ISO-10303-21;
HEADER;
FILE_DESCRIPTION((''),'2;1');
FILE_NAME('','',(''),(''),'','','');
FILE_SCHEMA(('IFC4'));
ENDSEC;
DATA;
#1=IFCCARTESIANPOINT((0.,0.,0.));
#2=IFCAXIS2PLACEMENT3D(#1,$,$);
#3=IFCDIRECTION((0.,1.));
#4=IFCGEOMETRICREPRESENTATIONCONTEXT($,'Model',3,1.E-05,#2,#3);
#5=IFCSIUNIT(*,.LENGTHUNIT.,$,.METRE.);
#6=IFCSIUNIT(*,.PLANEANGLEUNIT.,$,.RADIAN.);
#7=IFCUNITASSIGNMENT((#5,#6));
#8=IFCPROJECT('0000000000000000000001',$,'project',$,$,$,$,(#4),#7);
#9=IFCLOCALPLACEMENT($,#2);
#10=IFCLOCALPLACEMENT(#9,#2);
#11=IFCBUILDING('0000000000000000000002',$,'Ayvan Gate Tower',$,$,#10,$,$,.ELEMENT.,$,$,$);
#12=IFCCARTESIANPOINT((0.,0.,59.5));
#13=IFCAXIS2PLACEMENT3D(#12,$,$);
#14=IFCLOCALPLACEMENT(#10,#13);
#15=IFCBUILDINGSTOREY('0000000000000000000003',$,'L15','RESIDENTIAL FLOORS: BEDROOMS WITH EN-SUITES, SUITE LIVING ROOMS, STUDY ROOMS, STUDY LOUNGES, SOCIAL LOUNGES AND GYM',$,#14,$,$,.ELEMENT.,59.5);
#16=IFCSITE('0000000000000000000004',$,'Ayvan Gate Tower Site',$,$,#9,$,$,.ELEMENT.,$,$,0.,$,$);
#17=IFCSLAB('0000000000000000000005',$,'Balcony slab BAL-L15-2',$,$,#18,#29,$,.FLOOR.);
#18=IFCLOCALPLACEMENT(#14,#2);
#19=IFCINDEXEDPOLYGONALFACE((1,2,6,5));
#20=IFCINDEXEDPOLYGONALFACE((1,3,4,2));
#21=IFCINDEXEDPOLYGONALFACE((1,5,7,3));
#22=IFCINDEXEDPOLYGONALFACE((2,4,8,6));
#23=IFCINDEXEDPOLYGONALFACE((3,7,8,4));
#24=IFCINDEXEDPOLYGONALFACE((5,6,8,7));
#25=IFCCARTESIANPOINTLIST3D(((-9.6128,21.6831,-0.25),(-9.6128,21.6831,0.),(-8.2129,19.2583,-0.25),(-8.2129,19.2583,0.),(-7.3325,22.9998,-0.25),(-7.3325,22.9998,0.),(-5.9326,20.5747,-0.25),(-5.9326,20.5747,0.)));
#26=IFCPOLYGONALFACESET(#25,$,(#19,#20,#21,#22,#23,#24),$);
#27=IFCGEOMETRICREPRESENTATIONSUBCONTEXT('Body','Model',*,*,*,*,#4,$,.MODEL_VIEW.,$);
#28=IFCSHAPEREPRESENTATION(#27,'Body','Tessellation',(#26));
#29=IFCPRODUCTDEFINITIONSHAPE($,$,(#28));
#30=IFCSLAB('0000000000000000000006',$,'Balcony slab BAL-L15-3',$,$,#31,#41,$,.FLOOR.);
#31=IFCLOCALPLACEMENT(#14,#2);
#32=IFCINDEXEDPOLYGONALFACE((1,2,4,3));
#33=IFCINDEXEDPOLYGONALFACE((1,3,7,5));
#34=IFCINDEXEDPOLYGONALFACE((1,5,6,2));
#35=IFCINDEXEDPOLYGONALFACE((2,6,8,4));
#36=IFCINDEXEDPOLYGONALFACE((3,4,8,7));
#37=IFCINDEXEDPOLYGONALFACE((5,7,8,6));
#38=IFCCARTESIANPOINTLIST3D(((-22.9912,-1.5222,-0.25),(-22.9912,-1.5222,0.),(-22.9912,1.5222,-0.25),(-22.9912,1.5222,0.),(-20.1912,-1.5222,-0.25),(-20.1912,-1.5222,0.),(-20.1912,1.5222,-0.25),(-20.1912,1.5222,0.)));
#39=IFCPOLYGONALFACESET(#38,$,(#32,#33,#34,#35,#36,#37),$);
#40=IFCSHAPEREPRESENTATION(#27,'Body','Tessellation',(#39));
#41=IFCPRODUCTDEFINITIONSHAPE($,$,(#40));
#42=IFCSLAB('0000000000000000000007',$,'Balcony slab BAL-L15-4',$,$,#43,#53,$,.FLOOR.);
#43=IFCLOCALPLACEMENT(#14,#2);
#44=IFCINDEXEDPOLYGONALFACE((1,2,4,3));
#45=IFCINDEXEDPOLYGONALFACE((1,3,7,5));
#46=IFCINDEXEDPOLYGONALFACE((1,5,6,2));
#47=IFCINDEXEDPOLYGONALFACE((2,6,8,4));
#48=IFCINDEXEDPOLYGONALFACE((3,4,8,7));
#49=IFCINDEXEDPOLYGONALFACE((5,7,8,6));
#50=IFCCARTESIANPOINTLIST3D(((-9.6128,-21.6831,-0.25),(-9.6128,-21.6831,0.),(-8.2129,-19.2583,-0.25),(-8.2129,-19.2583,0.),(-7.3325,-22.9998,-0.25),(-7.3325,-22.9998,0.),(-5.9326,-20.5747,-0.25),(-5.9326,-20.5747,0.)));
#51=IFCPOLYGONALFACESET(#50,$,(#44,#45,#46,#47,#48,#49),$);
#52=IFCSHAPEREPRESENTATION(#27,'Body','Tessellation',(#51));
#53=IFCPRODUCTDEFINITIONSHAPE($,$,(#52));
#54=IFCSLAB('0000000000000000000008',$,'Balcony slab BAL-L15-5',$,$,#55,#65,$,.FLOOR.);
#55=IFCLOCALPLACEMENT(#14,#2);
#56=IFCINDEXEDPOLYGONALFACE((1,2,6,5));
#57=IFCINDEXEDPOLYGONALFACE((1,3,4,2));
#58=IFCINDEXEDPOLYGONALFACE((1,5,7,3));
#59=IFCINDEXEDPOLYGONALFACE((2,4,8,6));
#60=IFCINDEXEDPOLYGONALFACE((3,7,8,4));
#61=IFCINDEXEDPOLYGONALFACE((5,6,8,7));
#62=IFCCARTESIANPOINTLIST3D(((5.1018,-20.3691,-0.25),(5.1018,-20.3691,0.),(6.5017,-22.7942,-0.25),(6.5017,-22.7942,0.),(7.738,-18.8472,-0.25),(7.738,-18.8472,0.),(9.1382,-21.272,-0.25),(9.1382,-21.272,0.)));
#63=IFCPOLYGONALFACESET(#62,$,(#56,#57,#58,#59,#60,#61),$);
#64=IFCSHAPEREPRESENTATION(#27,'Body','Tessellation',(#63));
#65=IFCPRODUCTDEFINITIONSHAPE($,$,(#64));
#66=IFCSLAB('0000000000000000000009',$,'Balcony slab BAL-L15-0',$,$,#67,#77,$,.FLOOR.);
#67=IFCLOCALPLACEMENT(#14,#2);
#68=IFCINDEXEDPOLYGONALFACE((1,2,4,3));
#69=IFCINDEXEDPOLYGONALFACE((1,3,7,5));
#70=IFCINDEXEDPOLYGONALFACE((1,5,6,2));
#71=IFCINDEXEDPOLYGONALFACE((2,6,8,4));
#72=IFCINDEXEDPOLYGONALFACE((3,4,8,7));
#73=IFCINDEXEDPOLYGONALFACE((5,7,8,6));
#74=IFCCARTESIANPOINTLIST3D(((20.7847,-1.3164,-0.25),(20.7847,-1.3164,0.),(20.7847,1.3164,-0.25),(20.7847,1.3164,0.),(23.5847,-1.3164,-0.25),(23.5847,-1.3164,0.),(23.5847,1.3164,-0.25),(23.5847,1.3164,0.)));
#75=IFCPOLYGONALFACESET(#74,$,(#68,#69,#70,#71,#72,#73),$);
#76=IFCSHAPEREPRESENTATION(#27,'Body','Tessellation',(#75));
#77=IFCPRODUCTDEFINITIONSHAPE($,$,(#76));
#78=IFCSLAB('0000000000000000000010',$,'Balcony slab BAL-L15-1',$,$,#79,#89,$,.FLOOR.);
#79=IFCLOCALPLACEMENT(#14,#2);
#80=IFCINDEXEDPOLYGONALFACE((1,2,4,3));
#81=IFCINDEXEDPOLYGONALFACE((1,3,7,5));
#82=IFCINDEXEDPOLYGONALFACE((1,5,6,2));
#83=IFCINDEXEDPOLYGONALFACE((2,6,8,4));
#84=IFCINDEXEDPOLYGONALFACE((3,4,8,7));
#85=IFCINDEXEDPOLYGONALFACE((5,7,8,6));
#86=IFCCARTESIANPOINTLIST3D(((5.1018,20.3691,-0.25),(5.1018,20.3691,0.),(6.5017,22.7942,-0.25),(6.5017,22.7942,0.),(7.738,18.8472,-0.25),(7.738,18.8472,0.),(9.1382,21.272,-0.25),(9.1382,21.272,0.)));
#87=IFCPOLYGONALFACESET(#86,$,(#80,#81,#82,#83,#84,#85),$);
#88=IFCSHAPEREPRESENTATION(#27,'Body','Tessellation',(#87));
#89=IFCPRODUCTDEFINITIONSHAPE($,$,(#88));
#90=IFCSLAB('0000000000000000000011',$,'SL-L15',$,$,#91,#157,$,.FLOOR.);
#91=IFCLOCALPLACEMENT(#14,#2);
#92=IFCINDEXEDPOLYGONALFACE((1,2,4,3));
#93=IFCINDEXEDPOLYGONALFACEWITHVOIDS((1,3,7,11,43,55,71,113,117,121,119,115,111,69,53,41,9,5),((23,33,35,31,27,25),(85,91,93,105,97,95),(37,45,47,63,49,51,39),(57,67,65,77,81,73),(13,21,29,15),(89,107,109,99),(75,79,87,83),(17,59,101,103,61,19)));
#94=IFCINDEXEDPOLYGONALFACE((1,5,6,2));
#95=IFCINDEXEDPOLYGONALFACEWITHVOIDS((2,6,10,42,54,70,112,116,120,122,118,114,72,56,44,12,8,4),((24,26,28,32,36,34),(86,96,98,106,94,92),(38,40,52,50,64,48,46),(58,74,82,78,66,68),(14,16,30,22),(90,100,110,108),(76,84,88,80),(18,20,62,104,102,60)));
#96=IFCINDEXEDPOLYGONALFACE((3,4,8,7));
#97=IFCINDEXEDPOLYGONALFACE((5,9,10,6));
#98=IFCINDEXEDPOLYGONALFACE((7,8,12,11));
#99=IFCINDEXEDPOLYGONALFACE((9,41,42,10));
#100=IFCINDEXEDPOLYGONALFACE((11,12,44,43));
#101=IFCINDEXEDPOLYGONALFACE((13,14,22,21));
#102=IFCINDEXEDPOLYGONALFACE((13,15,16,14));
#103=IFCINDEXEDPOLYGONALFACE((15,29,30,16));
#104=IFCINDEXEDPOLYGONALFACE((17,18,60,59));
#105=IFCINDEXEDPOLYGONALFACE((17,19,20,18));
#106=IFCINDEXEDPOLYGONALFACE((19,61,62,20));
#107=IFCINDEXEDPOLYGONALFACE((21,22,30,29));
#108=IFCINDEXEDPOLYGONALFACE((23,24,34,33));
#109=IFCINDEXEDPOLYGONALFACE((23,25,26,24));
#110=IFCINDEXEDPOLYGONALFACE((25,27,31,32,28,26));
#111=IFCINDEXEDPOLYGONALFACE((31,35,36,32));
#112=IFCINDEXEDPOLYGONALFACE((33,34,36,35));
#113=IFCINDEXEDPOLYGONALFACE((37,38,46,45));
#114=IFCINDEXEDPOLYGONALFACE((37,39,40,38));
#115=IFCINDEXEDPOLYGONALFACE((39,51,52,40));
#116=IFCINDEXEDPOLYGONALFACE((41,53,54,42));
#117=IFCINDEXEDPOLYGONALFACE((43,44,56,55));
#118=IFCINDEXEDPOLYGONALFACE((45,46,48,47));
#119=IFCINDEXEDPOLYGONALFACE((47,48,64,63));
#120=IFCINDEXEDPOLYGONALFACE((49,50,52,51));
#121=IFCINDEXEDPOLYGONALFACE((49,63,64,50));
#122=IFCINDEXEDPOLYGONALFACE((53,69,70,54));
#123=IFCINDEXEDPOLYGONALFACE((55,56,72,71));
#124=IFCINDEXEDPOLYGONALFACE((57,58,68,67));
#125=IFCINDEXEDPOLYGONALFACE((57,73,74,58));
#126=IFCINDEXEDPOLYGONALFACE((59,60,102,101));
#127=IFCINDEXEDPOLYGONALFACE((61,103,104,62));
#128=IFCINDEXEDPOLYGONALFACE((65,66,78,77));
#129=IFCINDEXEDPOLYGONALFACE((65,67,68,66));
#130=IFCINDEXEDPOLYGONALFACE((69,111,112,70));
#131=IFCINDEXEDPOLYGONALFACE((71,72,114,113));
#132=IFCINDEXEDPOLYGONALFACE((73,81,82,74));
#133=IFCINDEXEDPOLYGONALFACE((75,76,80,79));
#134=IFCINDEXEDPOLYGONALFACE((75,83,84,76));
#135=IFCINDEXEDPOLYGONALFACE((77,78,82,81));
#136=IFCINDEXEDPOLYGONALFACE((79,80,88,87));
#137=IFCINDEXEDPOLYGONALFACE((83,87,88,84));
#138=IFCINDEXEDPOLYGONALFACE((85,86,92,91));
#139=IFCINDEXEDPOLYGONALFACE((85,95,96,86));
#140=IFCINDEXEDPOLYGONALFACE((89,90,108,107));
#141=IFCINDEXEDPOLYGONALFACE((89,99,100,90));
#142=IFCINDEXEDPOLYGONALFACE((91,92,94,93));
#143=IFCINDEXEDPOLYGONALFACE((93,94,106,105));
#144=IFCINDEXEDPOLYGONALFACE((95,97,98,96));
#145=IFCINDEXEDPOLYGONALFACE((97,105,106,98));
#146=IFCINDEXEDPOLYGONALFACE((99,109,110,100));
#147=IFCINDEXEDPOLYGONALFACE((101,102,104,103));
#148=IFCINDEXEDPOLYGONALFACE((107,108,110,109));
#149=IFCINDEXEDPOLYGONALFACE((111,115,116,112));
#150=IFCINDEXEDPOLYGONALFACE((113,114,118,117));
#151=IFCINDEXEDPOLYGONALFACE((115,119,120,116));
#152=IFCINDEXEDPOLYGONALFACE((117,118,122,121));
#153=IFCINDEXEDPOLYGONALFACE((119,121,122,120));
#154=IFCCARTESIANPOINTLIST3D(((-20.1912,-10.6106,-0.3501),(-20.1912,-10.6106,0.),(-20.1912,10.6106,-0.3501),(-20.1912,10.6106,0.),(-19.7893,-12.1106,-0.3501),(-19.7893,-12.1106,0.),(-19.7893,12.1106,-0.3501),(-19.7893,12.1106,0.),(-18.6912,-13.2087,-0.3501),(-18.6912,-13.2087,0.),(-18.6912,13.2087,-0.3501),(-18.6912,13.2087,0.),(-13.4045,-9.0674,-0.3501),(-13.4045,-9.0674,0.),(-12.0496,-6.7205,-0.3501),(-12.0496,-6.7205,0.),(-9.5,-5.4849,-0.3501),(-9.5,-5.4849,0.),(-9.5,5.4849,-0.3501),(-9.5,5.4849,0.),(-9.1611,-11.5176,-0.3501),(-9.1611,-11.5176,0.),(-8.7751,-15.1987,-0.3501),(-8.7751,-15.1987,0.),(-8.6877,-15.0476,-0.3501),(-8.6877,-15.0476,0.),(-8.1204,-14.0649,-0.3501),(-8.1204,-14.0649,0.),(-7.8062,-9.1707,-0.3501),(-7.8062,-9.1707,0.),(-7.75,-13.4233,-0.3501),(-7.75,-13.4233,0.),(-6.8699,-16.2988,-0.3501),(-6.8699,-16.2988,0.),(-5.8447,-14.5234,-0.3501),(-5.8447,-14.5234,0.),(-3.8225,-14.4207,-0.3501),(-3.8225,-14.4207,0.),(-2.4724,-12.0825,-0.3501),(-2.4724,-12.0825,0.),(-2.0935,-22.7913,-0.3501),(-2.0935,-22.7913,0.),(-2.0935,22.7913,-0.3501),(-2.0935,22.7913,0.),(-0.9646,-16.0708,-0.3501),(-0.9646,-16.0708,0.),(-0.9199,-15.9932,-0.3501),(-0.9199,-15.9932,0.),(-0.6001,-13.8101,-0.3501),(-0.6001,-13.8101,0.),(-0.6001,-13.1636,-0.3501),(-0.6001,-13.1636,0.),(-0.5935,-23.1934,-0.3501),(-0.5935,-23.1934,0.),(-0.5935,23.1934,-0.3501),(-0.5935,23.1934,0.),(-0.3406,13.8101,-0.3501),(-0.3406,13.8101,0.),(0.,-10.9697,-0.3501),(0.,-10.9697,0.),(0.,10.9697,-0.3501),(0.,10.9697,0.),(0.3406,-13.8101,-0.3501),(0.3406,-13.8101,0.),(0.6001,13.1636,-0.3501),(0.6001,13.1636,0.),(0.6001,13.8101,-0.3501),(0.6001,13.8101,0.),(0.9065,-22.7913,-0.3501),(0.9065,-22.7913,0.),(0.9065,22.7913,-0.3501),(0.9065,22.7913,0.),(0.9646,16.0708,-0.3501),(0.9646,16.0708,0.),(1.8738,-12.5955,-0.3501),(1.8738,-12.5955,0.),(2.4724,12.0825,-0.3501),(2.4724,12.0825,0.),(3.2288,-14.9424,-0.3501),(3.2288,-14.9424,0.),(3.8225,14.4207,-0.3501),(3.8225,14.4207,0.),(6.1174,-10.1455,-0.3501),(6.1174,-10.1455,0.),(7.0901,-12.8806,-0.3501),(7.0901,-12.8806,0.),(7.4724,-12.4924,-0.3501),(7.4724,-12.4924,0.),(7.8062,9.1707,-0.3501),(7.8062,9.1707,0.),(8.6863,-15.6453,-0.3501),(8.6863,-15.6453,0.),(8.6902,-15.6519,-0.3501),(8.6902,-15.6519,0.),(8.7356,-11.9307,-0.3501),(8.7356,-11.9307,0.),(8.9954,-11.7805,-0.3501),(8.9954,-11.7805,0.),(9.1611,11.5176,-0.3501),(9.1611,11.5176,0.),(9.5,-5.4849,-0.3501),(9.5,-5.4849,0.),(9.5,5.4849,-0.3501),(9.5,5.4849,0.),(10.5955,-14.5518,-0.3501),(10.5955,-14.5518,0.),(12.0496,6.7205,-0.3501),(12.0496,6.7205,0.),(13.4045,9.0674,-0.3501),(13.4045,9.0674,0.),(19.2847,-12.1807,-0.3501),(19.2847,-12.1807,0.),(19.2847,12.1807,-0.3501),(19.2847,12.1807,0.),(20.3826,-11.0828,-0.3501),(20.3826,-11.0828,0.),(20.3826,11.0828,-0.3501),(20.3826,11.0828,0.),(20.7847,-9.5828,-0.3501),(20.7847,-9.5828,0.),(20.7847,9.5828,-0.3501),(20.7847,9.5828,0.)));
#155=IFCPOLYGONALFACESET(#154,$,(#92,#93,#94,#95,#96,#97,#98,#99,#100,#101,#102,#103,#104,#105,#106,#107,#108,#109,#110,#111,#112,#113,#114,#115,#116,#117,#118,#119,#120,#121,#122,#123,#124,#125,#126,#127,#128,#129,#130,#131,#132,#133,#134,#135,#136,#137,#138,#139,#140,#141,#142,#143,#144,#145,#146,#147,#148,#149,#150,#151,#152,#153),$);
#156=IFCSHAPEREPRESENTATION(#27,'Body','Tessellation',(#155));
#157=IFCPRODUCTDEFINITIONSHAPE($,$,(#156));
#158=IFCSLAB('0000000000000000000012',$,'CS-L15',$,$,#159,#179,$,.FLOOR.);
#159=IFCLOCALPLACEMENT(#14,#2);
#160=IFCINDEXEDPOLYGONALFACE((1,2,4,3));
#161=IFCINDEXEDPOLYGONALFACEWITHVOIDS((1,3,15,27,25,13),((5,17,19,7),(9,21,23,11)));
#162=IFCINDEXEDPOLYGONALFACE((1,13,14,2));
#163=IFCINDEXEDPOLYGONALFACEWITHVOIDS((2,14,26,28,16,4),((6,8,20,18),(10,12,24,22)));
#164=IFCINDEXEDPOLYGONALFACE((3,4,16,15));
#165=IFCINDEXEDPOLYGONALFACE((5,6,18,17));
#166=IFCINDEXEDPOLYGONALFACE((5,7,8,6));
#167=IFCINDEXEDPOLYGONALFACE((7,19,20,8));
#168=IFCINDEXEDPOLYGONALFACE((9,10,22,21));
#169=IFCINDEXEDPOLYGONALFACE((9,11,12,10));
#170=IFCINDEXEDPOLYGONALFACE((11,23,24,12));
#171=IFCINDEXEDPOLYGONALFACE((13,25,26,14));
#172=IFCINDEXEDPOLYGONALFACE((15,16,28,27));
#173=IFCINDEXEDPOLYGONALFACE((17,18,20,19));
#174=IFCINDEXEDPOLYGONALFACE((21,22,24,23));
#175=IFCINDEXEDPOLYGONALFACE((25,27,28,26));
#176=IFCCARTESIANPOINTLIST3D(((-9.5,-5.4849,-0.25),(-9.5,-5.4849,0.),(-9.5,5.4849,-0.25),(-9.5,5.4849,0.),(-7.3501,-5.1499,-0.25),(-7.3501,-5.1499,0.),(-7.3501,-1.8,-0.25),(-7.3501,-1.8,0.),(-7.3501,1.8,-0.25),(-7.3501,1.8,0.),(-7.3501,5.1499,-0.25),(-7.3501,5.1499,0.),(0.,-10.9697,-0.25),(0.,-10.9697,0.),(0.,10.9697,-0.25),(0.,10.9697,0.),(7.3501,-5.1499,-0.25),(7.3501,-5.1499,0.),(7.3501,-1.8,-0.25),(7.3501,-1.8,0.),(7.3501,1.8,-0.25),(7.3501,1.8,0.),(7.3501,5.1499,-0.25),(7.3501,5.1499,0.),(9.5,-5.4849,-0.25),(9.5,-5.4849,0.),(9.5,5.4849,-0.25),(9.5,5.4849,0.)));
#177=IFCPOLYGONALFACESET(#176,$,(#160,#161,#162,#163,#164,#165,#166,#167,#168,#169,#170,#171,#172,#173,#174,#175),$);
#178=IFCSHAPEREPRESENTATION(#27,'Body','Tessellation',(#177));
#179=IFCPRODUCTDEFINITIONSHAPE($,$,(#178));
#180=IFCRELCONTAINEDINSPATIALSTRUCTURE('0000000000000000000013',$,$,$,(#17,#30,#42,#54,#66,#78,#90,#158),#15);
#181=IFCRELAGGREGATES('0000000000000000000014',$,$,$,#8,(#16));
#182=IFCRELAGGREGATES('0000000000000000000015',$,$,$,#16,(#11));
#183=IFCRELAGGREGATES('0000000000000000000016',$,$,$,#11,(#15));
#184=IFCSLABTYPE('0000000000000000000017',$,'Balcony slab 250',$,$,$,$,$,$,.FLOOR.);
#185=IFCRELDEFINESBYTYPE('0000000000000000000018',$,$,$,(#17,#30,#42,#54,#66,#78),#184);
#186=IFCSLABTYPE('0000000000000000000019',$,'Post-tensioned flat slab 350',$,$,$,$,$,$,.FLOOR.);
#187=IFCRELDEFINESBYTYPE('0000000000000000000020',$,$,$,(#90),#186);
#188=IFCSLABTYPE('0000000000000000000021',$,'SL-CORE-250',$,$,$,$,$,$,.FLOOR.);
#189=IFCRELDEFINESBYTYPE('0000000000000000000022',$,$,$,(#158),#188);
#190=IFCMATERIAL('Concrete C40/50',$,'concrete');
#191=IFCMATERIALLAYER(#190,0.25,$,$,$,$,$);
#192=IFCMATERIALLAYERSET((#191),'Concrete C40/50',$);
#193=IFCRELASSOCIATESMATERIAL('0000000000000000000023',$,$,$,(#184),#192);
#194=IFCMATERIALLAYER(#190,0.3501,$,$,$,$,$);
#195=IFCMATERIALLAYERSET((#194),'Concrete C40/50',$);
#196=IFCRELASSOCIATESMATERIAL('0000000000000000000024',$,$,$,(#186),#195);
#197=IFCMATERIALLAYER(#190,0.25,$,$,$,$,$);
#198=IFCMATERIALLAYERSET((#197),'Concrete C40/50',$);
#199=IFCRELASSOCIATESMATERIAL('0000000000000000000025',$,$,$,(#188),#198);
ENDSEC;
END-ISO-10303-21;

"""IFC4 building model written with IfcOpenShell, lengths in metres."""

from ifc_helpers import new_model, si_unit, direction, frame, origin, place, context, subcontext, project, spatial, polyline, outline, extrude, material, layer, layer_set, type_object, element, save


model = new_model("IFC4")

# Units and contexts
model_context = context("Model", 3, precision=1e-05, world=origin(), true_north=direction((0.0, 1.0)))
body_context = subcontext(model_context, "Body", "Model", "MODEL_VIEW")
ifc_project = project(units=[si_unit("LENGTHUNIT", "METRE"), si_unit("PLANEANGLEUNIT", "RADIAN")], contexts=[model_context])

# Site, building, storey
site_placement = place(None, origin())
site = spatial("IfcSite", under=ifc_project, at=site_placement, Name="Ayvan Gate Tower Site", CompositionType="ELEMENT", RefElevation=0.0)
building_placement = place(site_placement, origin())
building = spatial("IfcBuilding", under=site, at=building_placement, Name="Ayvan Gate Tower", CompositionType="ELEMENT")
storey_placement = place(building_placement, frame((0.0, 0.0, 59.5)))
storey = spatial("IfcBuildingStorey", under=building, at=storey_placement, Name="L15", Description="RESIDENTIAL FLOORS: BEDROOMS WITH EN-SUITES, SUITE LIVING ROOMS, STUDY ROOMS, STUDY LOUNGES, SOCIAL LOUNGES AND GYM", CompositionType="ELEMENT", Elevation=59.5)

# Slabs
ifc_material_1 = material(Name="Concrete C40/50", Category="concrete")
ifc_layer_1 = layer(ifc_material_1, 0.25)
ifc_layer_set_1 = layer_set([ifc_layer_1], Name="Concrete C40/50")
slab_type_1 = type_object("IfcSlabType", Name="Balcony slab 250", PredefinedType="FLOOR", material=ifc_layer_set_1)
slab_1_placement = place(storey_placement, frame((0.0, 0.0, -0.25)))
element("IfcSlab", 1, at=slab_1_placement, inside=storey, type_object=slab_type_1, Name="Balcony slab BAL-L15-2", PredefinedType="FLOOR", context=body_context, shape_type="SweptSolid", body=[
    extrude(outline(polyline([(-5.9326, 20.5747), (-8.2129, 19.2583), (-9.6128, 21.6831), (-7.3325, 22.9998), (-5.9326, 20.5747)])), origin(), (0.0, 0.0, 1.0), 0.25),
])
slab_2_placement = place(storey_placement, frame((0.0, 0.0, -0.25)))
element("IfcSlab", 2, at=slab_2_placement, inside=storey, type_object=slab_type_1, Name="Balcony slab BAL-L15-3", PredefinedType="FLOOR", context=body_context, shape_type="SweptSolid", body=[
    extrude(outline(polyline([(-20.1912, 1.5222), (-20.1912, -1.5222), (-22.9912, -1.5222), (-22.9912, 1.5222), (-20.1912, 1.5222)])), origin(), (0.0, 0.0, 1.0), 0.25),
])
slab_3_placement = place(storey_placement, frame((0.0, 0.0, -0.25)))
element("IfcSlab", 3, at=slab_3_placement, inside=storey, type_object=slab_type_1, Name="Balcony slab BAL-L15-4", PredefinedType="FLOOR", context=body_context, shape_type="SweptSolid", body=[
    extrude(outline(polyline([(-8.2129, -19.2583), (-5.9326, -20.5747), (-7.3325, -22.9998), (-9.6128, -21.6831), (-8.2129, -19.2583)])), origin(), (0.0, 0.0, 1.0), 0.25),
])
slab_4_placement = place(storey_placement, frame((0.0, 0.0, -0.25)))
element("IfcSlab", 4, at=slab_4_placement, inside=storey, type_object=slab_type_1, Name="Balcony slab BAL-L15-5", PredefinedType="FLOOR", context=body_context, shape_type="SweptSolid", body=[
    extrude(outline(polyline([(5.1018, -20.3691), (7.738, -18.8472), (9.1382, -21.272), (6.5017, -22.7942), (5.1018, -20.3691)])), origin(), (0.0, 0.0, 1.0), 0.25),
])
slab_5_placement = place(storey_placement, frame((0.0, 0.0, -0.25)))
element("IfcSlab", 5, at=slab_5_placement, inside=storey, type_object=slab_type_1, Name="Balcony slab BAL-L15-0", PredefinedType="FLOOR", context=body_context, shape_type="SweptSolid", body=[
    extrude(outline(polyline([(20.7847, -1.3164), (20.7847, 1.3164), (23.5847, 1.3164), (23.5847, -1.3164), (20.7847, -1.3164)])), origin(), (0.0, 0.0, 1.0), 0.25),
])
slab_6_placement = place(storey_placement, frame((0.0, 0.0, -0.25)))
element("IfcSlab", 6, at=slab_6_placement, inside=storey, type_object=slab_type_1, Name="Balcony slab BAL-L15-1", PredefinedType="FLOOR", context=body_context, shape_type="SweptSolid", body=[
    extrude(outline(polyline([(7.738, 18.8472), (5.1018, 20.3691), (6.5017, 22.7942), (9.1382, 21.272), (7.738, 18.8472)])), origin(), (0.0, 0.0, 1.0), 0.25),
])
ifc_layer_2 = layer(ifc_material_1, 0.3501)
ifc_layer_set_2 = layer_set([ifc_layer_2], Name="Concrete C40/50")
slab_type_2 = type_object("IfcSlabType", Name="Post-tensioned flat slab 350", PredefinedType="FLOOR", material=ifc_layer_set_2)
slab_7_placement = place(storey_placement, frame((0.0, 0.0, -0.3501)))
element("IfcSlab", 7, at=slab_7_placement, inside=storey, type_object=slab_type_2, Name="SL-L15", PredefinedType="FLOOR", context=body_context, shape_type="SweptSolid", body=[
    extrude(outline(polyline([(-2.0935, -22.7913), (-18.6912, -13.2087), (-19.7893, -12.1106), (-20.1912, -10.6106), (-20.1912, 10.6106), (-19.7893, 12.1106), (-18.6912, 13.2087), (-2.0935, 22.7913), (-0.5935, 23.1934), (0.9065, 22.7913), (19.2847, 12.1807), (20.3826, 11.0828), (20.7847, 9.5828), (20.7847, -9.5828), (20.3826, -11.0828), (19.2847, -12.1807), (0.9065, -22.7913), (-0.5935, -23.1934), (-2.0935, -22.7913)]), holes=[polyline([(9.1611, 11.5176), (7.8062, 9.1707), (12.0496, 6.7205), (13.4045, 9.0674), (9.1611, 11.5176)]), polyline([(8.9954, -11.7805), (8.7356, -11.9307), (7.0901, -12.8806), (8.6863, -15.6453), (8.6902, -15.6519), (10.5955, -14.5518), (8.9954, -11.7805)]), polyline([(-9.5, 5.4849), (-9.5, -5.4849), (0.0, -10.9697), (9.5, -5.4849), (9.5, 5.4849), (0.0, 10.9697), (-9.5, 5.4849)]), polyline([(7.4724, -12.4924), (6.1174, -10.1455), (1.8738, -12.5955), (3.2288, -14.9424), (7.4724, -12.4924)]), polyline([(3.8225, 14.4207), (0.9646, 16.0708), (-0.3406, 13.8101), (0.6001, 13.8101), (0.6001, 13.1636), (2.4724, 12.0825), (3.8225, 14.4207)]), polyline([(-0.6001, -13.8101), (-0.6001, -13.1636), (-2.4724, -12.0825), (-3.8225, -14.4207), (-0.9646, -16.0708), (-0.9199, -15.9932), (0.3406, -13.8101), (-0.6001, -13.8101)]), polyline([(-8.1204, -14.0649), (-8.6877, -15.0476), (-8.7751, -15.1987), (-6.8699, -16.2988), (-5.8447, -14.5234), (-7.75, -13.4233), (-8.1204, -14.0649)]), polyline([(-12.0496, -6.7205), (-13.4045, -9.0674), (-9.1611, -11.5176), (-7.8062, -9.1707), (-12.0496, -6.7205)])]), origin(), (0.0, 0.0, 1.0), 0.3501),
])
ifc_layer_3 = layer(ifc_material_1, 0.25)
ifc_layer_set_3 = layer_set([ifc_layer_3], Name="Concrete C40/50")
slab_type_3 = type_object("IfcSlabType", Name="SL-CORE-250", PredefinedType="FLOOR", material=ifc_layer_set_3)
slab_8_placement = place(storey_placement, frame((0.0, 0.0, -0.25)))
element("IfcSlab", 8, at=slab_8_placement, inside=storey, type_object=slab_type_3, Name="CS-L15", PredefinedType="FLOOR", context=body_context, shape_type="SweptSolid", body=[
    extrude(outline(polyline([(9.5, -5.4849), (0.0, -10.9697), (-9.5, -5.4849), (-9.5, 5.4849), (0.0, 10.9697), (9.5, 5.4849), (9.5, -5.4849)]), holes=[polyline([(-7.3501, -1.8), (-7.3501, -5.1499), (7.3501, -5.1499), (7.3501, -1.8), (-7.3501, -1.8)]), polyline([(-7.3501, 5.1499), (-7.3501, 1.8), (7.3501, 1.8), (7.3501, 5.1499), (-7.3501, 5.1499)])]), origin(), (0.0, 0.0, 1.0), 0.25),
])

save(model, "model.ifc")
